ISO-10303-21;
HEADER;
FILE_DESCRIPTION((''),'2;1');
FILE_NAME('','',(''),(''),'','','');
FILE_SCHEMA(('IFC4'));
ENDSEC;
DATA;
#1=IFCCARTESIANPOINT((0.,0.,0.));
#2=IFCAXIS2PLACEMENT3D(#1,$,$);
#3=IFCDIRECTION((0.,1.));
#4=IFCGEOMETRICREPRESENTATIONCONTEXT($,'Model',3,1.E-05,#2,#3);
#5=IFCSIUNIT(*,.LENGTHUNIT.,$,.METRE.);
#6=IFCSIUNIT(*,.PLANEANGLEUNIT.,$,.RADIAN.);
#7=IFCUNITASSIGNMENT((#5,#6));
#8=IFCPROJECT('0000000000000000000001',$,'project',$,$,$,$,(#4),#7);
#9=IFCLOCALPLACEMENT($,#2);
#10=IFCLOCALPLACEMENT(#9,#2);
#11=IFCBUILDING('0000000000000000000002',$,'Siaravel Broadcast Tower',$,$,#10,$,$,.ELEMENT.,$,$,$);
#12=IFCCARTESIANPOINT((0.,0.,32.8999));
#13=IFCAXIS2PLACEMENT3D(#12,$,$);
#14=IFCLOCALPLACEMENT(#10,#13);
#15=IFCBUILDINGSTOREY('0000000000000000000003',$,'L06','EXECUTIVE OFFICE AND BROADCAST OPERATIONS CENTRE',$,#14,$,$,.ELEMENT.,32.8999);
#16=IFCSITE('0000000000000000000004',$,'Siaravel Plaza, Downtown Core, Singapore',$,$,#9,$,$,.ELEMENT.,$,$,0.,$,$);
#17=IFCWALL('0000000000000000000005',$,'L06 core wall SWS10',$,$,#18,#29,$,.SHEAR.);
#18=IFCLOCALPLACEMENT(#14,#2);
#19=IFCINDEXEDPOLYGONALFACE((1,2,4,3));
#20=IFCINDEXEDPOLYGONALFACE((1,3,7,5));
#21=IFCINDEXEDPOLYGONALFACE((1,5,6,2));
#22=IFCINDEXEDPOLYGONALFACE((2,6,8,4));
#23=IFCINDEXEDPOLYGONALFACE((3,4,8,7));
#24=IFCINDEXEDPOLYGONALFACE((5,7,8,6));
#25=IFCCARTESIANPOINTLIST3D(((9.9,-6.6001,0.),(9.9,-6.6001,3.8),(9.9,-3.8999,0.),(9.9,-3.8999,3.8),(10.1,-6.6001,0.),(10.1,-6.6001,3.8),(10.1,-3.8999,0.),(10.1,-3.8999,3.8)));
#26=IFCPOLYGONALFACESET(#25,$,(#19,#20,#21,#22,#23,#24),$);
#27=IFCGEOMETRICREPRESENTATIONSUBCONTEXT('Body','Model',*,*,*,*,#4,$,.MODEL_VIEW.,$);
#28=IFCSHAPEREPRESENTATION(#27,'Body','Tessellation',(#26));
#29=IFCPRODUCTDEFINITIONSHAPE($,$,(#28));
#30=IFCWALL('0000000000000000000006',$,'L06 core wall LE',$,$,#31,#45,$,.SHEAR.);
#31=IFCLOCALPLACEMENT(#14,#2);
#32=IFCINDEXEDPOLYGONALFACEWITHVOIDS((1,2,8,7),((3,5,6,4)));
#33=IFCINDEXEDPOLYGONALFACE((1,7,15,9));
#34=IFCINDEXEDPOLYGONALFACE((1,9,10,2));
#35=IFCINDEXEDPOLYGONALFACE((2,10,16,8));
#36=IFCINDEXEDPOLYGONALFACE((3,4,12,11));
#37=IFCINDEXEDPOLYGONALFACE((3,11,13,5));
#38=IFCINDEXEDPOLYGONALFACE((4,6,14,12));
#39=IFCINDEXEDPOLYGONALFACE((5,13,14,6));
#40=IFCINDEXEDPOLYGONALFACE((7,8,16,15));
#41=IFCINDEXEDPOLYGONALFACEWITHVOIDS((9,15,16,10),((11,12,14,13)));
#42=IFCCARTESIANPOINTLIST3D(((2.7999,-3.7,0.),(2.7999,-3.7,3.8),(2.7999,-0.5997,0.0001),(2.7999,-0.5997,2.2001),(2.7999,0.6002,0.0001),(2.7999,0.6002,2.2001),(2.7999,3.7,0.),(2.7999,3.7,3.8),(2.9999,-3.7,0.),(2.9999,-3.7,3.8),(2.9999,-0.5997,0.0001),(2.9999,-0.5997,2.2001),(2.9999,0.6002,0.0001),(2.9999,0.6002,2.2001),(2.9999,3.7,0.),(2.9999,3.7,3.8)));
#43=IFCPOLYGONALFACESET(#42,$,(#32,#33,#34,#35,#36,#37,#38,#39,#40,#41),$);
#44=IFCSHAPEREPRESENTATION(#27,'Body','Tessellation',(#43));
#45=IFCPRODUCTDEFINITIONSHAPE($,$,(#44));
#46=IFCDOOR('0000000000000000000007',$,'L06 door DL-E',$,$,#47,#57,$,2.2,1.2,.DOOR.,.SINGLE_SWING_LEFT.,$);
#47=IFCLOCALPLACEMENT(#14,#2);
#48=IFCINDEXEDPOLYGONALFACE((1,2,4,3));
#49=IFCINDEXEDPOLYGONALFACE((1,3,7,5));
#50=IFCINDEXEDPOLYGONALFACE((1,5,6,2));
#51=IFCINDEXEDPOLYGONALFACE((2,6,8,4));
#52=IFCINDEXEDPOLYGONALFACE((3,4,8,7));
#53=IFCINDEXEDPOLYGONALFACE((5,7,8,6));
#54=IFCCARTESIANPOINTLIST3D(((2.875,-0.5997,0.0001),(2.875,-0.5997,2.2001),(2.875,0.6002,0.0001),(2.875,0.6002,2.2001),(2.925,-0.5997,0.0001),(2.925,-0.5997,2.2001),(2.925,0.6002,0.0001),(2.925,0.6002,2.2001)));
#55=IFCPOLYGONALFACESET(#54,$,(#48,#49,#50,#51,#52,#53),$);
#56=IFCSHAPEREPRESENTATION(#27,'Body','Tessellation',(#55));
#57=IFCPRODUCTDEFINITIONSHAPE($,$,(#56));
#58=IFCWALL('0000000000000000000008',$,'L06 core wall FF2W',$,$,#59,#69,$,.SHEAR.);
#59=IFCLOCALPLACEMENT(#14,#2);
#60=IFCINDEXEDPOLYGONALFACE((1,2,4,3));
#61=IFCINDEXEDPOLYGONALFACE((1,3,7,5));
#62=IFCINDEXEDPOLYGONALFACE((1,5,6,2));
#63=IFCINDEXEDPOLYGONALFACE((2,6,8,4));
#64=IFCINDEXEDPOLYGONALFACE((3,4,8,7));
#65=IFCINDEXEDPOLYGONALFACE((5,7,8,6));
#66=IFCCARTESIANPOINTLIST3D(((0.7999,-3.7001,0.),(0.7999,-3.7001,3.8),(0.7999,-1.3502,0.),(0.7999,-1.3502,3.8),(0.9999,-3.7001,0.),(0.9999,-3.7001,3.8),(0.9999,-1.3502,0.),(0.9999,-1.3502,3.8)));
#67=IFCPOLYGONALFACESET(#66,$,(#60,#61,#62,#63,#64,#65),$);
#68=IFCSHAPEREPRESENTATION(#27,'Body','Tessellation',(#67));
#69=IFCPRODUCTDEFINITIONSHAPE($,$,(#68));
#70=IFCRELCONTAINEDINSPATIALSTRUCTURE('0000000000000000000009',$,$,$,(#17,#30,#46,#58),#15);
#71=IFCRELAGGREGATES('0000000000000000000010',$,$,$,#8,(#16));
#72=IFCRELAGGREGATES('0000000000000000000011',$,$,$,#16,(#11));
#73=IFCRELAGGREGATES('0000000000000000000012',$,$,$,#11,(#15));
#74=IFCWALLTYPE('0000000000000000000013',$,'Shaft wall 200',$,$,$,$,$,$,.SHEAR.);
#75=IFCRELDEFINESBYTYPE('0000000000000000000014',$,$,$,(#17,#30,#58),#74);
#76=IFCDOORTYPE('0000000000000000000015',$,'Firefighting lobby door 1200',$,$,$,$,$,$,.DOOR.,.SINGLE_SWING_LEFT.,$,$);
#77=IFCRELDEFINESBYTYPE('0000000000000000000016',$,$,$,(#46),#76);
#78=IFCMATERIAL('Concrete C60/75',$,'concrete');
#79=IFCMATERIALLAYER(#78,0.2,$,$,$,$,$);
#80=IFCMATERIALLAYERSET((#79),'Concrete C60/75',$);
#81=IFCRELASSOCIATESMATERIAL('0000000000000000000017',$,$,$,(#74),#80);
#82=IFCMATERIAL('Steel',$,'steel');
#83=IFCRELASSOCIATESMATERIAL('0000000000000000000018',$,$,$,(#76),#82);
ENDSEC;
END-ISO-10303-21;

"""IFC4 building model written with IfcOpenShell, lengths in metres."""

from ifc_helpers import new_model, si_unit, direction, frame, frame_2d, origin, place, context, subcontext, project, spatial, rectangle, extrude, material, layer, layer_set, type_object, element, fill, save


model = new_model("IFC4")

# Units and contexts
model_context = context("Model", 3, precision=1e-05, world=origin(), true_north=direction((0.0, 1.0)))
body_context = subcontext(model_context, "Body", "Model", "MODEL_VIEW")
ifc_project = project(units=[si_unit("LENGTHUNIT", "METRE"), si_unit("PLANEANGLEUNIT", "RADIAN")], contexts=[model_context])

# Site, building, storey
site_placement = place(None, origin())
site = spatial("IfcSite", under=ifc_project, at=site_placement, Name="Siaravel Plaza, Downtown Core, Singapore", CompositionType="ELEMENT", RefElevation=0.0)
building_placement = place(site_placement, origin())
building = spatial("IfcBuilding", under=site, at=building_placement, Name="Siaravel Broadcast Tower", CompositionType="ELEMENT")
storey_placement = place(building_placement, frame((0.0, 0.0, 32.8999)))
storey = spatial("IfcBuildingStorey", under=building, at=storey_placement, Name="L06", Description="EXECUTIVE OFFICE AND BROADCAST OPERATIONS CENTRE", CompositionType="ELEMENT", Elevation=32.8999)

# Shared definitions
ifc_material_1 = material(Name="Concrete C60/75", Category="concrete")
ifc_material_2 = material(Name="Steel", Category="steel")

# Wall
ifc_layer_1 = layer(ifc_material_1, 0.2)
ifc_layer_set_1 = layer_set([ifc_layer_1], Name="Concrete C60/75")
wall_type_1 = type_object("IfcWallType", Name="Shaft wall 200", PredefinedType="SHEAR", material=ifc_layer_set_1)
for number, where, z_axis, x_axis, name in (
    (1, (10.0, -6.6001, 0.0), (0.0, 0.0, 1.0), (0.0, 1.0, 0.0), "L06 core wall SWS10"),
):
    element("IfcWall", number, at=place(storey_placement, frame(where, z_axis=z_axis, x_axis=x_axis)), inside=storey, type_object=wall_type_1, Name=name, PredefinedType="SHEAR", context=body_context, shape_type="SweptSolid", body=[
        extrude(rectangle(XDim=2.7002, YDim=0.2, at=frame_2d((1.3501, 0.0))), origin(), (0.0, 0.0, 1.0), 3.8),
    ])

# Wall, opening, door
wall_1_placement = place(storey_placement, frame((2.8999, -3.7, 0.0), z_axis=(0.0, 0.0, 1.0), x_axis=(0.0, 1.0, 0.0)))
wall_1 = element("IfcWall", 2, at=wall_1_placement, inside=storey, type_object=wall_type_1, Name="L06 core wall LE", PredefinedType="SHEAR", context=body_context, shape_type="SweptSolid", body=[
    extrude(rectangle(XDim=7.3999, YDim=0.2, at=frame_2d((3.7, 0.0))), origin(), (0.0, 0.0, 1.0), 3.8),
])
opening_1_placement = place(wall_1_placement, frame((3.1001, 0.0, 0.0)))
opening_1 = element("IfcOpeningElement", 3, at=opening_1_placement, cuts=wall_1, PredefinedType="OPENING", context=body_context, shape_type="SweptSolid", body=[
    extrude(rectangle(XDim=1.2, YDim=2.2, at=frame_2d((0.6001, 1.1001))), frame((0.0, 0.1099, 0.0), z_axis=(0.0, -1.0, 0.0), x_axis=(1.0, 0.0, 0.0)), (0.0, 0.0, 1.0), 0.22),
])
door_type_1 = type_object("IfcDoorType", Name="Firefighting lobby door 1200", OperationType="SINGLE_SWING_LEFT", PredefinedType="DOOR", material=ifc_material_2)
door_1_placement = place(opening_1_placement, origin())
door_1 = element("IfcDoor", 4, at=door_1_placement, inside=storey, type_object=door_type_1, Name="L06 door DL-E", OperationType="SINGLE_SWING_LEFT", OverallHeight=2.2, OverallWidth=1.2, PredefinedType="DOOR", context=body_context, shape_type="SweptSolid", body=[
    extrude(rectangle(XDim=1.2, YDim=2.2, at=frame_2d((0.6001, 1.1001))), frame((0.0, 0.0249, 0.0), z_axis=(0.0, -1.0, 0.0), x_axis=(1.0, 0.0, 0.0)), (0.0, 0.0, 1.0), 0.05),
])
fill(opening_1, door_1)

# Wall
wall_2_placement = place(storey_placement, frame((0.8999, -3.7, 0.0), z_axis=(0.0, 0.0, 1.0), x_axis=(0.0, 1.0, 0.0)))
element("IfcWall", 5, at=wall_2_placement, inside=storey, type_object=wall_type_1, Name="L06 core wall FF2W", PredefinedType="SHEAR", context=body_context, shape_type="SweptSolid", body=[
    extrude(rectangle(XDim=2.3499, YDim=0.2, at=frame_2d((1.1748, 0.0))), origin(), (0.0, 0.0, 1.0), 3.8),
])

save(model, "model.ifc")
